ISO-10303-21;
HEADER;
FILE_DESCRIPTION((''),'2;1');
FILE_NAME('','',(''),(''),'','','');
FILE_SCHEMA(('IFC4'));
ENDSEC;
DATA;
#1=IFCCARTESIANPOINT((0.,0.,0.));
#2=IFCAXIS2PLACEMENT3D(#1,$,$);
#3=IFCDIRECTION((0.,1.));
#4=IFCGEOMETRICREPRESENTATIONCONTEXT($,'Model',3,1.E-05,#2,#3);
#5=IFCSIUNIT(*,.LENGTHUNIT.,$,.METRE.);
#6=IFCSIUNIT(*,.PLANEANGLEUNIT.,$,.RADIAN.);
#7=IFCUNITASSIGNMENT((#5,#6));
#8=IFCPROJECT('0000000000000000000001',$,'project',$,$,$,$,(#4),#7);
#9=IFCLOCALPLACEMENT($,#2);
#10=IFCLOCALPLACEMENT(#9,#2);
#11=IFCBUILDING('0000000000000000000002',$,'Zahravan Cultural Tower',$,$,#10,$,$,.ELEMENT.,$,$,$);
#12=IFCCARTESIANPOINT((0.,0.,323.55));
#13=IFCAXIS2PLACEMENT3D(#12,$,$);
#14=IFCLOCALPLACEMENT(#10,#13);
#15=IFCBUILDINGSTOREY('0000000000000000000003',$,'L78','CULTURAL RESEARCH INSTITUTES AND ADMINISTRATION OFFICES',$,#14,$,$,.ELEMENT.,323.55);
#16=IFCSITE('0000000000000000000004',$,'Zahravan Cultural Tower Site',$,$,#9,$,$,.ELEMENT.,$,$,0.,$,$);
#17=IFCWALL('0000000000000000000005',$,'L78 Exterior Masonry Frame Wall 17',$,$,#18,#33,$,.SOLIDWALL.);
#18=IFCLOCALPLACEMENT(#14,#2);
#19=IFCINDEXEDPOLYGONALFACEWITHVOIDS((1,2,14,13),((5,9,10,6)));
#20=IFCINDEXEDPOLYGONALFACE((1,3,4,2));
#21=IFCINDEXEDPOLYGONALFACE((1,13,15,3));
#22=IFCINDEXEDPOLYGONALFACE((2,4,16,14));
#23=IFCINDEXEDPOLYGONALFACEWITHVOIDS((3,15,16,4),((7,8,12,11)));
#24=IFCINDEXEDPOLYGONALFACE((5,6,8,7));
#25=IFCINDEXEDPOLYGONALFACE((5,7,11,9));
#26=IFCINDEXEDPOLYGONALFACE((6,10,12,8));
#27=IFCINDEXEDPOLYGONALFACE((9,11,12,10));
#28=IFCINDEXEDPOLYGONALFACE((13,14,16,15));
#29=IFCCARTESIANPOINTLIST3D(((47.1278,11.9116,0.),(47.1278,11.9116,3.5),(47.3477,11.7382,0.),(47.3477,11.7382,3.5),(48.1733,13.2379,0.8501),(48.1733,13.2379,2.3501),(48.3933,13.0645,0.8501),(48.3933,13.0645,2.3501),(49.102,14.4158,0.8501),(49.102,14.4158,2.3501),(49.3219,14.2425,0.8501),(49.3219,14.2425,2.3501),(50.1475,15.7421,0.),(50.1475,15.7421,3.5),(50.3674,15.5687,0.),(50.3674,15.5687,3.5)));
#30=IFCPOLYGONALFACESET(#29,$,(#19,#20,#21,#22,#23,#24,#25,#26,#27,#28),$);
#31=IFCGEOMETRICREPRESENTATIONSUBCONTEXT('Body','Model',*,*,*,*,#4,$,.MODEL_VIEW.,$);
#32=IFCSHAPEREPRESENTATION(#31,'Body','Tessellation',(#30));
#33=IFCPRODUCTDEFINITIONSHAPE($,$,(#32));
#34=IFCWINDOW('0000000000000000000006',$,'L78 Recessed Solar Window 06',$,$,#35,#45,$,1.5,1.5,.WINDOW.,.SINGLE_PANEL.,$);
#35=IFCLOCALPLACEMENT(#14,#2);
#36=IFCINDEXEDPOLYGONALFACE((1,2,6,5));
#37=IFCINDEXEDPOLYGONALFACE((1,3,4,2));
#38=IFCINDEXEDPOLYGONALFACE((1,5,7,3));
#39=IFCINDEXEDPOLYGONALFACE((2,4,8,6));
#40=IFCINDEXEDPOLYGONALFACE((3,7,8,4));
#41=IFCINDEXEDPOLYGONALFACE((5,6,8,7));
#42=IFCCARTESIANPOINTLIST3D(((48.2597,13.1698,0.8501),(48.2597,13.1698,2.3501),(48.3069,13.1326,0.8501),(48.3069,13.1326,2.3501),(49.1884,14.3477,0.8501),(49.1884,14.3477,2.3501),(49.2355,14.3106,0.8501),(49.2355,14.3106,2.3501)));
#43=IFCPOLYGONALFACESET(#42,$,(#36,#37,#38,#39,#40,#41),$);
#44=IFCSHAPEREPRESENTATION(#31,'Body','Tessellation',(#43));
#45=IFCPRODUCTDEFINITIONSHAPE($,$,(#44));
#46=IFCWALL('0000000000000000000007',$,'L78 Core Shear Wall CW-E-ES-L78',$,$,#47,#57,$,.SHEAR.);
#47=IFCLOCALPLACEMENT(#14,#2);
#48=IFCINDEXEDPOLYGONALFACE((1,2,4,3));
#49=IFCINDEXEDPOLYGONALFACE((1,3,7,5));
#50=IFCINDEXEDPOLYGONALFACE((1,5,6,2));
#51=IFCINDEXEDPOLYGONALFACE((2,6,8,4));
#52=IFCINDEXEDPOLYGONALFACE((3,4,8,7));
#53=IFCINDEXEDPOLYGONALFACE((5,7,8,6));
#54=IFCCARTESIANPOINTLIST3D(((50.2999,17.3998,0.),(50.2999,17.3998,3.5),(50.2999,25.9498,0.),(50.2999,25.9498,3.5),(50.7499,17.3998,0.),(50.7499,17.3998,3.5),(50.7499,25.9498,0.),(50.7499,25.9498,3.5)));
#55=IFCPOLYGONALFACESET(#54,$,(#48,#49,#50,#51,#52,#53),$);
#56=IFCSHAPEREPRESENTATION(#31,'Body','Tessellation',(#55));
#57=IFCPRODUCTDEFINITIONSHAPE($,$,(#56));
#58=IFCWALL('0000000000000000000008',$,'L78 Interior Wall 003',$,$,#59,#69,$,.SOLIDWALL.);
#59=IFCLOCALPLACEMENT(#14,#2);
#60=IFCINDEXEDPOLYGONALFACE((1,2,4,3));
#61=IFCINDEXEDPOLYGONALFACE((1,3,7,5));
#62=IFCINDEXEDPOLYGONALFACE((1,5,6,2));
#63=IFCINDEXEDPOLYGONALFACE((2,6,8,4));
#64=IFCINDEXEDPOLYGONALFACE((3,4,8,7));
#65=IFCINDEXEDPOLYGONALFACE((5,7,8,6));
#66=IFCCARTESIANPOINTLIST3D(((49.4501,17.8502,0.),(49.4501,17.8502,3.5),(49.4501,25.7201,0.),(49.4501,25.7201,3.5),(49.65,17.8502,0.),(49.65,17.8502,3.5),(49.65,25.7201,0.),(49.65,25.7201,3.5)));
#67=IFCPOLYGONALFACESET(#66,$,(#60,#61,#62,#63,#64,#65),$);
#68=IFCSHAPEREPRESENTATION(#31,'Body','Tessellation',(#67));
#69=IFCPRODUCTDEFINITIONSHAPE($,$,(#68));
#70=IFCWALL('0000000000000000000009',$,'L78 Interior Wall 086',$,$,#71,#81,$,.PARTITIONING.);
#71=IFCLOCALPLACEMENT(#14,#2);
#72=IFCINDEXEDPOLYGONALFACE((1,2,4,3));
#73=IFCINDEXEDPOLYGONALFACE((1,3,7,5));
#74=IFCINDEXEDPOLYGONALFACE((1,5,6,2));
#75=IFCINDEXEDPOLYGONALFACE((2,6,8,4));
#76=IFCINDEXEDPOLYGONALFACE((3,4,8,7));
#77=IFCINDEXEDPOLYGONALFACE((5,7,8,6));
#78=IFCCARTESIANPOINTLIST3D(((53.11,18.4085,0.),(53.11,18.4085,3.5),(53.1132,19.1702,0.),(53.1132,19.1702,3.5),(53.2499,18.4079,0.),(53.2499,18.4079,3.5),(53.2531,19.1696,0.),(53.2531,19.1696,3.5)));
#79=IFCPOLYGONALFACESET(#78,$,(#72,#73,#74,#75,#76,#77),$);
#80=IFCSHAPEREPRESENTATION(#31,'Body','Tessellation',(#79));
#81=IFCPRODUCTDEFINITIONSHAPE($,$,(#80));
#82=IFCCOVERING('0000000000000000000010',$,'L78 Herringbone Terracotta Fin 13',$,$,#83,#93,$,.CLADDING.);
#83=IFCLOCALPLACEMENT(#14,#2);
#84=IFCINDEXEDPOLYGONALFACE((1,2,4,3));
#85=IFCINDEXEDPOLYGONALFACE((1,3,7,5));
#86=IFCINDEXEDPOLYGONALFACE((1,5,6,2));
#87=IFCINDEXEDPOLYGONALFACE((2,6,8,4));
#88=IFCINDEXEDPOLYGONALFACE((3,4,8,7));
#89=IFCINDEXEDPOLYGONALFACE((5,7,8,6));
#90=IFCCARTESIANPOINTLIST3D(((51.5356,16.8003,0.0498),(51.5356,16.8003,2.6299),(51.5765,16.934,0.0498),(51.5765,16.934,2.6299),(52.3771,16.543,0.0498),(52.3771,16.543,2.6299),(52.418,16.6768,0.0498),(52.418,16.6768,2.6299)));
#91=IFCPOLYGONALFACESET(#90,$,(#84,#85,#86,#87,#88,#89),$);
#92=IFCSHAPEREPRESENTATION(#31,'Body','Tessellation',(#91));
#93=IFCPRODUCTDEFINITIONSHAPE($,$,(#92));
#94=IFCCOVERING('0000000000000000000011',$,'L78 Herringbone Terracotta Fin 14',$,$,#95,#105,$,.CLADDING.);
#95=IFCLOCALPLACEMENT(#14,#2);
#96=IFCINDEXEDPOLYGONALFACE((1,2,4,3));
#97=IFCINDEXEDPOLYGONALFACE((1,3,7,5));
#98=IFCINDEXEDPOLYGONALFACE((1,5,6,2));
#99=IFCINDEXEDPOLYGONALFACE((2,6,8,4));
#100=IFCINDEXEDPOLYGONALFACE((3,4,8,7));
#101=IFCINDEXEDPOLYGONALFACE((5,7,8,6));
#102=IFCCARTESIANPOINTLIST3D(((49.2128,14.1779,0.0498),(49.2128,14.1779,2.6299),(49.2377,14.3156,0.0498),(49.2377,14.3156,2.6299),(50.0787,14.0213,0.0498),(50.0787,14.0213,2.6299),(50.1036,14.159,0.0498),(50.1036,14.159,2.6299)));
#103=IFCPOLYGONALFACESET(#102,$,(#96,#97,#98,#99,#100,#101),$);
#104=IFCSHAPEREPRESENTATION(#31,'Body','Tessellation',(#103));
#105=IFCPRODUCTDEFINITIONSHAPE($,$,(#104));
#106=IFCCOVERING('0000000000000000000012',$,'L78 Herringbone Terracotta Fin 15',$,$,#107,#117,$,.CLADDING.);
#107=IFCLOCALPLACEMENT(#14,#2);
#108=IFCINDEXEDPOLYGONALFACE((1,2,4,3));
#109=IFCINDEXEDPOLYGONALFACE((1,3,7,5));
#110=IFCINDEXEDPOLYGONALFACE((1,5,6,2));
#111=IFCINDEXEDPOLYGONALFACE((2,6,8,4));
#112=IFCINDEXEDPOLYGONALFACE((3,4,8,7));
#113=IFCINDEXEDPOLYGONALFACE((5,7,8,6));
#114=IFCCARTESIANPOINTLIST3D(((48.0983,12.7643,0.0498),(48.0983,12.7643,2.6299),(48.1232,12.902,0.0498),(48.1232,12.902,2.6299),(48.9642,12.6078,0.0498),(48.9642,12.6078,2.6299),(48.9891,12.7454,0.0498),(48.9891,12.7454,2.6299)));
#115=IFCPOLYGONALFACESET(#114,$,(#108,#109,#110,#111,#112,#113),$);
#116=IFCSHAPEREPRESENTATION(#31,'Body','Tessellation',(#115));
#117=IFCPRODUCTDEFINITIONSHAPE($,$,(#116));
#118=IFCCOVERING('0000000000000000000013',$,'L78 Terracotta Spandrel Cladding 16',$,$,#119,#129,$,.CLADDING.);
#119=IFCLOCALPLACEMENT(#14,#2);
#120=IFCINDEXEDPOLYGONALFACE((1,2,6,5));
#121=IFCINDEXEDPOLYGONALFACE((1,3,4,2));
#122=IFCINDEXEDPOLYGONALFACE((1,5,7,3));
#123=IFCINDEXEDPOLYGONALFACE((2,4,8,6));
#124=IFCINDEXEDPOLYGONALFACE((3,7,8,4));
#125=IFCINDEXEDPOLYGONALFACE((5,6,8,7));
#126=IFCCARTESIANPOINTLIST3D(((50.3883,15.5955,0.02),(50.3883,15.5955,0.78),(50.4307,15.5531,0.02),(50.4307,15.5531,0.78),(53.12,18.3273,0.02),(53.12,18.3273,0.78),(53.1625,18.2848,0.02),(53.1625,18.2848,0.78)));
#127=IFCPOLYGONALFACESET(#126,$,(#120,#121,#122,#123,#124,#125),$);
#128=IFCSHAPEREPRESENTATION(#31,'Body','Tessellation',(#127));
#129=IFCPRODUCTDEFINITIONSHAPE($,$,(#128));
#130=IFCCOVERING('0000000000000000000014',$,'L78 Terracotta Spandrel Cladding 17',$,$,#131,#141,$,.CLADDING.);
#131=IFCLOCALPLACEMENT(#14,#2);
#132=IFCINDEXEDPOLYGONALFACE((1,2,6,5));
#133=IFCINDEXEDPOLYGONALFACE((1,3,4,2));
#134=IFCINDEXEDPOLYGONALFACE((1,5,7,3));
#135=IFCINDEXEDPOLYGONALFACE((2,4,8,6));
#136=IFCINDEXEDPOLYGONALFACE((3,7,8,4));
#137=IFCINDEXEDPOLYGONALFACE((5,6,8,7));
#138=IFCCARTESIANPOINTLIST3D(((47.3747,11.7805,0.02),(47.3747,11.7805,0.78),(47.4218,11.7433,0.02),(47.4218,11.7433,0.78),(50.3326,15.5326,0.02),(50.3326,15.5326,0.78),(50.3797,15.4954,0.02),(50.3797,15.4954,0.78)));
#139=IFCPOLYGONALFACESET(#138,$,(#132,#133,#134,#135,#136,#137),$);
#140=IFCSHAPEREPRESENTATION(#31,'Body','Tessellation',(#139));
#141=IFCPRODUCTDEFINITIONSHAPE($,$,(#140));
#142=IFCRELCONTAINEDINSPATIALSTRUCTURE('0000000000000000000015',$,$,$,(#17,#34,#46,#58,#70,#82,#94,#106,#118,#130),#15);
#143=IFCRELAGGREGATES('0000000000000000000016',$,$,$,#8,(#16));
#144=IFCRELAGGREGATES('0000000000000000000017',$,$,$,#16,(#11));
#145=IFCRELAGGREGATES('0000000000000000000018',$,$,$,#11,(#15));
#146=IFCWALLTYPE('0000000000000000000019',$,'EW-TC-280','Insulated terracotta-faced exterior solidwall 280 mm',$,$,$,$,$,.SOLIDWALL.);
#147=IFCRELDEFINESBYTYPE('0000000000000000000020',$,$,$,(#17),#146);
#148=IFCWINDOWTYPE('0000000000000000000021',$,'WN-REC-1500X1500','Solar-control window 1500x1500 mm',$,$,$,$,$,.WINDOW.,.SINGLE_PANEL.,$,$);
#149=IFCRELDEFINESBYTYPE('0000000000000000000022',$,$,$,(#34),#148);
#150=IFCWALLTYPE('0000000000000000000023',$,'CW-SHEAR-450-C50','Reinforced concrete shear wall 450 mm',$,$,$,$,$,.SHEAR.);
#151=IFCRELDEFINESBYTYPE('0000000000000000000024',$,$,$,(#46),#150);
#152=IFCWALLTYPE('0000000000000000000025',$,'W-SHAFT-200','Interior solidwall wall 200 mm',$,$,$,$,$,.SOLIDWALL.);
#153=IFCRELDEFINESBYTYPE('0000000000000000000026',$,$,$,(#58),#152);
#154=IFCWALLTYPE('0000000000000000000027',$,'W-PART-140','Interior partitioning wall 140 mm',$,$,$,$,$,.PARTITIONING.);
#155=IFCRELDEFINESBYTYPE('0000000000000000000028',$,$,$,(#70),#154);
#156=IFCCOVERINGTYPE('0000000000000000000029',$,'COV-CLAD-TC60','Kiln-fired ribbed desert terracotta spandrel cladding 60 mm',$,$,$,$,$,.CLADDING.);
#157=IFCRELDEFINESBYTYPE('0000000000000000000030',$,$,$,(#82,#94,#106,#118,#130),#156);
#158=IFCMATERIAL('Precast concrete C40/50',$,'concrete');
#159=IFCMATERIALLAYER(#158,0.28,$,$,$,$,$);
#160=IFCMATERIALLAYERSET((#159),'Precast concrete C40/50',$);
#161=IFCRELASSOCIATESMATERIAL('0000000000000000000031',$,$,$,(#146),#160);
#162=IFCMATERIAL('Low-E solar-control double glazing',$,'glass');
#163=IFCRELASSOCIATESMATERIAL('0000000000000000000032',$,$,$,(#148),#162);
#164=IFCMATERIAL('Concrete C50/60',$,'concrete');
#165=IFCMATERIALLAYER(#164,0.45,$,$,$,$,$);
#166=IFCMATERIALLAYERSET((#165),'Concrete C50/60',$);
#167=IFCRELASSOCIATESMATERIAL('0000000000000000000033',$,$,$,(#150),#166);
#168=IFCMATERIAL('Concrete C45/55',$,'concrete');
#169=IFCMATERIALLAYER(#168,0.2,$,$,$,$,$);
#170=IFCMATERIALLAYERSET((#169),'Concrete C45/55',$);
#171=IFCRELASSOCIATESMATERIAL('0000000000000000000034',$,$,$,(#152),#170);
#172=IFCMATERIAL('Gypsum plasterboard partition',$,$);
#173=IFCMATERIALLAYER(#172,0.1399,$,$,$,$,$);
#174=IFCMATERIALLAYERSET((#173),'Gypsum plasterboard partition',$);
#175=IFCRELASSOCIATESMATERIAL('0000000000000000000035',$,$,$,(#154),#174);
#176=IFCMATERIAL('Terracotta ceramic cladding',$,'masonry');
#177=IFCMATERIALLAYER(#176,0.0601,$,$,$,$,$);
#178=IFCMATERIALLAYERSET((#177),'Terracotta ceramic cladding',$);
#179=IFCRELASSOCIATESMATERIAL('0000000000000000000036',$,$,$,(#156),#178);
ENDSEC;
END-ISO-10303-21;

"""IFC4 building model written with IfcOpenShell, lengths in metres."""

from ifc_helpers import new_model, si_unit, direction, frame, frame_2d, origin, origin_2d, place, context, subcontext, project, spatial, rectangle, extrude, source, transform, mapped, material, layer, layer_set, type_object, element, fill, save


model = new_model("IFC4")

# Units and contexts
model_context = context("Model", 3, precision=1e-05, world=origin(), true_north=direction((0.0, 1.0)))
body_context = subcontext(model_context, "Body", "Model", "MODEL_VIEW")
ifc_project = project(units=[si_unit("LENGTHUNIT", "METRE"), si_unit("PLANEANGLEUNIT", "RADIAN")], contexts=[model_context])

# Site, building, storey
site_placement = place(None, origin())
site = spatial("IfcSite", under=ifc_project, at=site_placement, Name="Zahravan Cultural Tower Site", CompositionType="ELEMENT", RefElevation=0.0)
building_placement = place(site_placement, origin())
building = spatial("IfcBuilding", under=site, at=building_placement, Name="Zahravan Cultural Tower", CompositionType="ELEMENT")
storey_placement = place(building_placement, frame((0.0, 0.0, 323.55)))
storey = spatial("IfcBuildingStorey", under=building, at=storey_placement, Name="L78", Description="CULTURAL RESEARCH INSTITUTES AND ADMINISTRATION OFFICES", CompositionType="ELEMENT", Elevation=323.55)

# Shared definitions
ifc_material_1 = material(Name="Concrete C50/60", Category="concrete")

# Shared definitions
ifc_material_2 = material(Name="Low-E solar-control double glazing", Category="glass")

# Wall, opening, window
ifc_material_3 = material(Name="Precast concrete C40/50", Category="concrete")
ifc_layer_1 = layer(ifc_material_3, 0.28)
ifc_layer_set_1 = layer_set([ifc_layer_1], Name="Precast concrete C40/50")
wall_type_1 = type_object("IfcWallType", Name="EW-TC-280", Description="Insulated terracotta-faced exterior solidwall 280 mm", PredefinedType="SOLIDWALL", material=ifc_layer_set_1)
window_type = type_object("IfcWindowType", Name="WN-REC-1500X1500", Description="Solar-control window 1500x1500 mm", PartitioningType="SINGLE_PANEL", PredefinedType="WINDOW", material=ifc_material_2)
shared_shape_1 = source(origin(), body_context, "Body", "SweptSolid", [
    extrude(rectangle(XDim=1.5, YDim=1.5, at=frame_2d((0.75, 0.75))), frame((0.0, 0.03, 0.0), z_axis=(0.0, -1.0, 0.0), x_axis=(1.0, 0.0, 0.0)), (0.0, 0.0, 1.0), 0.0601),
])
wall_1_placement = place(storey_placement, frame((50.2576, 15.6555, 0.0), z_axis=(0.0, 0.0, 1.0), x_axis=(-0.619094, -0.785317, 0.0)))
wall_1 = element("IfcWall", 1, at=wall_1_placement, inside=storey, type_object=wall_type_1, Name="L78 Exterior Masonry Frame Wall 17", PredefinedType="SOLIDWALL", context=body_context, shape_type="SweptSolid", body=[
    extrude(rectangle(XDim=4.8777, YDim=0.28, at=frame_2d((2.439, 0.0))), origin(), (0.0, 0.0, 1.0), 3.5),
])
opening_1_placement = place(wall_1_placement, frame((1.689, 0.0, 0.8501)))
opening_1 = element("IfcOpeningElement", 2, at=opening_1_placement, cuts=wall_1, PredefinedType="OPENING", context=body_context, shape_type="SweptSolid", body=[
    extrude(rectangle(XDim=1.5, YDim=1.5, at=frame_2d((0.75, 0.75))), frame((0.0, 0.1499, 0.0), z_axis=(0.0, -1.0, 0.0), x_axis=(1.0, 0.0, 0.0)), (0.0, 0.0, 1.0), 0.3),
])
window_1_placement = place(opening_1_placement, origin())
window_1 = element("IfcWindow", 3, at=window_1_placement, inside=storey, type_object=window_type, Name="L78 Recessed Solar Window 06", OverallHeight=1.5, OverallWidth=1.5, PartitioningType="SINGLE_PANEL", PredefinedType="WINDOW", context=body_context, shape_type="MappedRepresentation", body=[
    mapped(shared_shape_1, transform((0.0, 0.0, 0.0), x_axis=(1.0, 0.0, 0.0), y_axis=(0.0, 1.0, 0.0), z_axis=(0.0, 0.0, 1.0), scale=1.0)),
])
fill(opening_1, window_1)

# Walls
ifc_layer_2 = layer(ifc_material_1, 0.45)
ifc_layer_set_2 = layer_set([ifc_layer_2], Name="Concrete C50/60")
wall_type_2 = type_object("IfcWallType", Name="CW-SHEAR-450-C50", Description="Reinforced concrete shear wall 450 mm", PredefinedType="SHEAR", material=ifc_layer_set_2)
shared_shape_2 = source(origin(), body_context, "Body", "SweptSolid", [
    extrude(rectangle(XDim=8.55, YDim=0.45, at=frame_2d((4.2749, 0.0))), origin(), (0.0, 0.0, 1.0), 3.5),
])
wall_2_placement = place(storey_placement, frame((50.5249, 17.3999, 0.0), z_axis=(0.0, 0.0, 1.0), x_axis=(0.0, 1.0, 0.0)))
element("IfcWall", 4, at=wall_2_placement, inside=storey, type_object=wall_type_2, Name="L78 Core Shear Wall CW-E-ES-L78", PredefinedType="SHEAR", context=body_context, shape_type="MappedRepresentation", body=[
    mapped(shared_shape_2, transform((0.0, 0.0, 0.0), x_axis=(1.0, 0.0, 0.0), y_axis=(0.0, 1.0, 0.0), z_axis=(0.0, 0.0, 1.0), scale=1.0)),
])
ifc_material_4 = material(Name="Concrete C45/55", Category="concrete")
ifc_layer_3 = layer(ifc_material_4, 0.2)
ifc_layer_set_3 = layer_set([ifc_layer_3], Name="Concrete C45/55")
wall_type_3 = type_object("IfcWallType", Name="W-SHAFT-200", Description="Interior solidwall wall 200 mm", PredefinedType="SOLIDWALL", material=ifc_layer_set_3)
shared_shape_3 = source(origin(), body_context, "Body", "SweptSolid", [
    extrude(rectangle(XDim=7.8699, YDim=0.2, at=frame_2d((3.9351, 0.0))), origin(), (0.0, 0.0, 1.0), 3.5),
])
wall_3_placement = place(storey_placement, frame((49.55, 17.8501, 0.0), z_axis=(0.0, 0.0, 1.0), x_axis=(0.0, 1.0, 0.0)))
element("IfcWall", 5, at=wall_3_placement, inside=storey, type_object=wall_type_3, Name="L78 Interior Wall 003", PredefinedType="SOLIDWALL", context=body_context, shape_type="MappedRepresentation", body=[
    mapped(shared_shape_3, transform((0.0, 0.0, 0.0), x_axis=(1.0, 0.0, 0.0), y_axis=(0.0, 1.0, 0.0), z_axis=(0.0, 0.0, 1.0), scale=1.0)),
])
ifc_material_5 = material(Name="Gypsum plasterboard partition")
ifc_layer_4 = layer(ifc_material_5, 0.1399)
ifc_layer_set_4 = layer_set([ifc_layer_4], Name="Gypsum plasterboard partition")
wall_type_4 = type_object("IfcWallType", Name="W-PART-140", Description="Interior partitioning wall 140 mm", PredefinedType="PARTITIONING", material=ifc_layer_set_4)
shared_shape_4 = source(origin(), body_context, "Body", "SweptSolid", [
    extrude(rectangle(XDim=0.7617, YDim=0.1399, at=frame_2d((0.3809, 0.0))), origin(), (0.0, 0.0, 1.0), 3.5),
])
wall_4_placement = place(storey_placement, frame((53.1831, 19.1699, 0.0), z_axis=(0.0, 0.0, 1.0), x_axis=(-0.004167, -0.999991, 0.0)))
element("IfcWall", 6, at=wall_4_placement, inside=storey, type_object=wall_type_4, Name="L78 Interior Wall 086", PredefinedType="PARTITIONING", context=body_context, shape_type="MappedRepresentation", body=[
    mapped(shared_shape_4, transform((0.0, 0.0, 0.0), x_axis=(1.0, 0.0, 0.0), y_axis=(0.0, 1.0, 0.0), z_axis=(0.0, 0.0, 1.0), scale=1.0)),
])

# Coverings
ifc_material_6 = material(Name="Terracotta ceramic cladding", Category="masonry")
ifc_layer_5 = layer(ifc_material_6, 0.0601)
ifc_layer_set_5 = layer_set([ifc_layer_5], Name="Terracotta ceramic cladding")
covering_type = type_object("IfcCoveringType", Name="COV-CLAD-TC60", Description="Kiln-fired ribbed desert terracotta spandrel cladding 60 mm", PredefinedType="CLADDING", material=ifc_layer_set_5)
shared_shape_5 = source(origin(), body_context, "Body", "SweptSolid", [
    extrude(rectangle(XDim=0.8799, YDim=0.1399, at=origin_2d()), origin(), (0.0, 0.0, 1.0), 2.5801),
])
for number, where, z_axis, x_axis, name in (
    (7, (51.9768, 16.7385, 0.0498), (0.0, 0.0, 1.0), (0.956305, -0.292372, 0.0), "L78 Herringbone Terracotta Fin 13"),
    (8, (49.6582, 14.1685, 0.0498), (0.0, 0.0, 1.0), (0.984041, -0.177944, 0.0), "L78 Herringbone Terracotta Fin 14"),
    (9, (48.5437, 12.7549, 0.0498), (0.0, 0.0, 1.0), (0.984041, -0.177944, 0.0), "L78 Herringbone Terracotta Fin 15"),
):
    element("IfcCovering", number, at=place(storey_placement, frame(where, z_axis=z_axis, x_axis=x_axis)), inside=storey, type_object=covering_type, Name=name, PredefinedType="CLADDING", context=body_context, shape_type="MappedRepresentation", body=[
        mapped(shared_shape_5, transform((0.0, 0.0, 0.0), x_axis=(1.0, 0.0, 0.0), y_axis=(0.0, 1.0, 0.0), z_axis=(0.0, 0.0, 1.0), scale=1.0)),
    ])
shared_shape_6 = source(origin(), body_context, "Body", "SweptSolid", [
    extrude(rectangle(XDim=3.8633, YDim=0.0601, at=origin_2d()), origin(), (0.0, 0.0, 1.0), 0.76),
])
covering_1_placement = place(storey_placement, frame((51.7754, 16.9402, 0.02), z_axis=(0.0, 0.0, 1.0), x_axis=(-0.707107, -0.707107, 0.0)))
element("IfcCovering", 10, at=covering_1_placement, inside=storey, type_object=covering_type, Name="L78 Terracotta Spandrel Cladding 16", PredefinedType="CLADDING", context=body_context, shape_type="MappedRepresentation", body=[
    mapped(shared_shape_6, transform((0.0, 0.0, 0.0), x_axis=(1.0, 0.0, 0.0), y_axis=(0.0, 1.0, 0.0), z_axis=(0.0, 0.0, 1.0), scale=1.0)),
])
shared_shape_7 = source(origin(), body_context, "Body", "SweptSolid", [
    extrude(rectangle(XDim=4.7778, YDim=0.0601, at=origin_2d()), origin(), (0.0, 0.0, 1.0), 0.76),
])
covering_2_placement = place(storey_placement, frame((48.8772, 13.6379, 0.02), z_axis=(0.0, 0.0, 1.0), x_axis=(-0.619094, -0.785317, 0.0)))
element("IfcCovering", 11, at=covering_2_placement, inside=storey, type_object=covering_type, Name="L78 Terracotta Spandrel Cladding 17", PredefinedType="CLADDING", context=body_context, shape_type="MappedRepresentation", body=[
    mapped(shared_shape_7, transform((0.0, 0.0, 0.0), x_axis=(1.0, 0.0, 0.0), y_axis=(0.0, 1.0, 0.0), z_axis=(0.0, 0.0, 1.0), scale=1.0)),
])

save(model, "model.ifc")
